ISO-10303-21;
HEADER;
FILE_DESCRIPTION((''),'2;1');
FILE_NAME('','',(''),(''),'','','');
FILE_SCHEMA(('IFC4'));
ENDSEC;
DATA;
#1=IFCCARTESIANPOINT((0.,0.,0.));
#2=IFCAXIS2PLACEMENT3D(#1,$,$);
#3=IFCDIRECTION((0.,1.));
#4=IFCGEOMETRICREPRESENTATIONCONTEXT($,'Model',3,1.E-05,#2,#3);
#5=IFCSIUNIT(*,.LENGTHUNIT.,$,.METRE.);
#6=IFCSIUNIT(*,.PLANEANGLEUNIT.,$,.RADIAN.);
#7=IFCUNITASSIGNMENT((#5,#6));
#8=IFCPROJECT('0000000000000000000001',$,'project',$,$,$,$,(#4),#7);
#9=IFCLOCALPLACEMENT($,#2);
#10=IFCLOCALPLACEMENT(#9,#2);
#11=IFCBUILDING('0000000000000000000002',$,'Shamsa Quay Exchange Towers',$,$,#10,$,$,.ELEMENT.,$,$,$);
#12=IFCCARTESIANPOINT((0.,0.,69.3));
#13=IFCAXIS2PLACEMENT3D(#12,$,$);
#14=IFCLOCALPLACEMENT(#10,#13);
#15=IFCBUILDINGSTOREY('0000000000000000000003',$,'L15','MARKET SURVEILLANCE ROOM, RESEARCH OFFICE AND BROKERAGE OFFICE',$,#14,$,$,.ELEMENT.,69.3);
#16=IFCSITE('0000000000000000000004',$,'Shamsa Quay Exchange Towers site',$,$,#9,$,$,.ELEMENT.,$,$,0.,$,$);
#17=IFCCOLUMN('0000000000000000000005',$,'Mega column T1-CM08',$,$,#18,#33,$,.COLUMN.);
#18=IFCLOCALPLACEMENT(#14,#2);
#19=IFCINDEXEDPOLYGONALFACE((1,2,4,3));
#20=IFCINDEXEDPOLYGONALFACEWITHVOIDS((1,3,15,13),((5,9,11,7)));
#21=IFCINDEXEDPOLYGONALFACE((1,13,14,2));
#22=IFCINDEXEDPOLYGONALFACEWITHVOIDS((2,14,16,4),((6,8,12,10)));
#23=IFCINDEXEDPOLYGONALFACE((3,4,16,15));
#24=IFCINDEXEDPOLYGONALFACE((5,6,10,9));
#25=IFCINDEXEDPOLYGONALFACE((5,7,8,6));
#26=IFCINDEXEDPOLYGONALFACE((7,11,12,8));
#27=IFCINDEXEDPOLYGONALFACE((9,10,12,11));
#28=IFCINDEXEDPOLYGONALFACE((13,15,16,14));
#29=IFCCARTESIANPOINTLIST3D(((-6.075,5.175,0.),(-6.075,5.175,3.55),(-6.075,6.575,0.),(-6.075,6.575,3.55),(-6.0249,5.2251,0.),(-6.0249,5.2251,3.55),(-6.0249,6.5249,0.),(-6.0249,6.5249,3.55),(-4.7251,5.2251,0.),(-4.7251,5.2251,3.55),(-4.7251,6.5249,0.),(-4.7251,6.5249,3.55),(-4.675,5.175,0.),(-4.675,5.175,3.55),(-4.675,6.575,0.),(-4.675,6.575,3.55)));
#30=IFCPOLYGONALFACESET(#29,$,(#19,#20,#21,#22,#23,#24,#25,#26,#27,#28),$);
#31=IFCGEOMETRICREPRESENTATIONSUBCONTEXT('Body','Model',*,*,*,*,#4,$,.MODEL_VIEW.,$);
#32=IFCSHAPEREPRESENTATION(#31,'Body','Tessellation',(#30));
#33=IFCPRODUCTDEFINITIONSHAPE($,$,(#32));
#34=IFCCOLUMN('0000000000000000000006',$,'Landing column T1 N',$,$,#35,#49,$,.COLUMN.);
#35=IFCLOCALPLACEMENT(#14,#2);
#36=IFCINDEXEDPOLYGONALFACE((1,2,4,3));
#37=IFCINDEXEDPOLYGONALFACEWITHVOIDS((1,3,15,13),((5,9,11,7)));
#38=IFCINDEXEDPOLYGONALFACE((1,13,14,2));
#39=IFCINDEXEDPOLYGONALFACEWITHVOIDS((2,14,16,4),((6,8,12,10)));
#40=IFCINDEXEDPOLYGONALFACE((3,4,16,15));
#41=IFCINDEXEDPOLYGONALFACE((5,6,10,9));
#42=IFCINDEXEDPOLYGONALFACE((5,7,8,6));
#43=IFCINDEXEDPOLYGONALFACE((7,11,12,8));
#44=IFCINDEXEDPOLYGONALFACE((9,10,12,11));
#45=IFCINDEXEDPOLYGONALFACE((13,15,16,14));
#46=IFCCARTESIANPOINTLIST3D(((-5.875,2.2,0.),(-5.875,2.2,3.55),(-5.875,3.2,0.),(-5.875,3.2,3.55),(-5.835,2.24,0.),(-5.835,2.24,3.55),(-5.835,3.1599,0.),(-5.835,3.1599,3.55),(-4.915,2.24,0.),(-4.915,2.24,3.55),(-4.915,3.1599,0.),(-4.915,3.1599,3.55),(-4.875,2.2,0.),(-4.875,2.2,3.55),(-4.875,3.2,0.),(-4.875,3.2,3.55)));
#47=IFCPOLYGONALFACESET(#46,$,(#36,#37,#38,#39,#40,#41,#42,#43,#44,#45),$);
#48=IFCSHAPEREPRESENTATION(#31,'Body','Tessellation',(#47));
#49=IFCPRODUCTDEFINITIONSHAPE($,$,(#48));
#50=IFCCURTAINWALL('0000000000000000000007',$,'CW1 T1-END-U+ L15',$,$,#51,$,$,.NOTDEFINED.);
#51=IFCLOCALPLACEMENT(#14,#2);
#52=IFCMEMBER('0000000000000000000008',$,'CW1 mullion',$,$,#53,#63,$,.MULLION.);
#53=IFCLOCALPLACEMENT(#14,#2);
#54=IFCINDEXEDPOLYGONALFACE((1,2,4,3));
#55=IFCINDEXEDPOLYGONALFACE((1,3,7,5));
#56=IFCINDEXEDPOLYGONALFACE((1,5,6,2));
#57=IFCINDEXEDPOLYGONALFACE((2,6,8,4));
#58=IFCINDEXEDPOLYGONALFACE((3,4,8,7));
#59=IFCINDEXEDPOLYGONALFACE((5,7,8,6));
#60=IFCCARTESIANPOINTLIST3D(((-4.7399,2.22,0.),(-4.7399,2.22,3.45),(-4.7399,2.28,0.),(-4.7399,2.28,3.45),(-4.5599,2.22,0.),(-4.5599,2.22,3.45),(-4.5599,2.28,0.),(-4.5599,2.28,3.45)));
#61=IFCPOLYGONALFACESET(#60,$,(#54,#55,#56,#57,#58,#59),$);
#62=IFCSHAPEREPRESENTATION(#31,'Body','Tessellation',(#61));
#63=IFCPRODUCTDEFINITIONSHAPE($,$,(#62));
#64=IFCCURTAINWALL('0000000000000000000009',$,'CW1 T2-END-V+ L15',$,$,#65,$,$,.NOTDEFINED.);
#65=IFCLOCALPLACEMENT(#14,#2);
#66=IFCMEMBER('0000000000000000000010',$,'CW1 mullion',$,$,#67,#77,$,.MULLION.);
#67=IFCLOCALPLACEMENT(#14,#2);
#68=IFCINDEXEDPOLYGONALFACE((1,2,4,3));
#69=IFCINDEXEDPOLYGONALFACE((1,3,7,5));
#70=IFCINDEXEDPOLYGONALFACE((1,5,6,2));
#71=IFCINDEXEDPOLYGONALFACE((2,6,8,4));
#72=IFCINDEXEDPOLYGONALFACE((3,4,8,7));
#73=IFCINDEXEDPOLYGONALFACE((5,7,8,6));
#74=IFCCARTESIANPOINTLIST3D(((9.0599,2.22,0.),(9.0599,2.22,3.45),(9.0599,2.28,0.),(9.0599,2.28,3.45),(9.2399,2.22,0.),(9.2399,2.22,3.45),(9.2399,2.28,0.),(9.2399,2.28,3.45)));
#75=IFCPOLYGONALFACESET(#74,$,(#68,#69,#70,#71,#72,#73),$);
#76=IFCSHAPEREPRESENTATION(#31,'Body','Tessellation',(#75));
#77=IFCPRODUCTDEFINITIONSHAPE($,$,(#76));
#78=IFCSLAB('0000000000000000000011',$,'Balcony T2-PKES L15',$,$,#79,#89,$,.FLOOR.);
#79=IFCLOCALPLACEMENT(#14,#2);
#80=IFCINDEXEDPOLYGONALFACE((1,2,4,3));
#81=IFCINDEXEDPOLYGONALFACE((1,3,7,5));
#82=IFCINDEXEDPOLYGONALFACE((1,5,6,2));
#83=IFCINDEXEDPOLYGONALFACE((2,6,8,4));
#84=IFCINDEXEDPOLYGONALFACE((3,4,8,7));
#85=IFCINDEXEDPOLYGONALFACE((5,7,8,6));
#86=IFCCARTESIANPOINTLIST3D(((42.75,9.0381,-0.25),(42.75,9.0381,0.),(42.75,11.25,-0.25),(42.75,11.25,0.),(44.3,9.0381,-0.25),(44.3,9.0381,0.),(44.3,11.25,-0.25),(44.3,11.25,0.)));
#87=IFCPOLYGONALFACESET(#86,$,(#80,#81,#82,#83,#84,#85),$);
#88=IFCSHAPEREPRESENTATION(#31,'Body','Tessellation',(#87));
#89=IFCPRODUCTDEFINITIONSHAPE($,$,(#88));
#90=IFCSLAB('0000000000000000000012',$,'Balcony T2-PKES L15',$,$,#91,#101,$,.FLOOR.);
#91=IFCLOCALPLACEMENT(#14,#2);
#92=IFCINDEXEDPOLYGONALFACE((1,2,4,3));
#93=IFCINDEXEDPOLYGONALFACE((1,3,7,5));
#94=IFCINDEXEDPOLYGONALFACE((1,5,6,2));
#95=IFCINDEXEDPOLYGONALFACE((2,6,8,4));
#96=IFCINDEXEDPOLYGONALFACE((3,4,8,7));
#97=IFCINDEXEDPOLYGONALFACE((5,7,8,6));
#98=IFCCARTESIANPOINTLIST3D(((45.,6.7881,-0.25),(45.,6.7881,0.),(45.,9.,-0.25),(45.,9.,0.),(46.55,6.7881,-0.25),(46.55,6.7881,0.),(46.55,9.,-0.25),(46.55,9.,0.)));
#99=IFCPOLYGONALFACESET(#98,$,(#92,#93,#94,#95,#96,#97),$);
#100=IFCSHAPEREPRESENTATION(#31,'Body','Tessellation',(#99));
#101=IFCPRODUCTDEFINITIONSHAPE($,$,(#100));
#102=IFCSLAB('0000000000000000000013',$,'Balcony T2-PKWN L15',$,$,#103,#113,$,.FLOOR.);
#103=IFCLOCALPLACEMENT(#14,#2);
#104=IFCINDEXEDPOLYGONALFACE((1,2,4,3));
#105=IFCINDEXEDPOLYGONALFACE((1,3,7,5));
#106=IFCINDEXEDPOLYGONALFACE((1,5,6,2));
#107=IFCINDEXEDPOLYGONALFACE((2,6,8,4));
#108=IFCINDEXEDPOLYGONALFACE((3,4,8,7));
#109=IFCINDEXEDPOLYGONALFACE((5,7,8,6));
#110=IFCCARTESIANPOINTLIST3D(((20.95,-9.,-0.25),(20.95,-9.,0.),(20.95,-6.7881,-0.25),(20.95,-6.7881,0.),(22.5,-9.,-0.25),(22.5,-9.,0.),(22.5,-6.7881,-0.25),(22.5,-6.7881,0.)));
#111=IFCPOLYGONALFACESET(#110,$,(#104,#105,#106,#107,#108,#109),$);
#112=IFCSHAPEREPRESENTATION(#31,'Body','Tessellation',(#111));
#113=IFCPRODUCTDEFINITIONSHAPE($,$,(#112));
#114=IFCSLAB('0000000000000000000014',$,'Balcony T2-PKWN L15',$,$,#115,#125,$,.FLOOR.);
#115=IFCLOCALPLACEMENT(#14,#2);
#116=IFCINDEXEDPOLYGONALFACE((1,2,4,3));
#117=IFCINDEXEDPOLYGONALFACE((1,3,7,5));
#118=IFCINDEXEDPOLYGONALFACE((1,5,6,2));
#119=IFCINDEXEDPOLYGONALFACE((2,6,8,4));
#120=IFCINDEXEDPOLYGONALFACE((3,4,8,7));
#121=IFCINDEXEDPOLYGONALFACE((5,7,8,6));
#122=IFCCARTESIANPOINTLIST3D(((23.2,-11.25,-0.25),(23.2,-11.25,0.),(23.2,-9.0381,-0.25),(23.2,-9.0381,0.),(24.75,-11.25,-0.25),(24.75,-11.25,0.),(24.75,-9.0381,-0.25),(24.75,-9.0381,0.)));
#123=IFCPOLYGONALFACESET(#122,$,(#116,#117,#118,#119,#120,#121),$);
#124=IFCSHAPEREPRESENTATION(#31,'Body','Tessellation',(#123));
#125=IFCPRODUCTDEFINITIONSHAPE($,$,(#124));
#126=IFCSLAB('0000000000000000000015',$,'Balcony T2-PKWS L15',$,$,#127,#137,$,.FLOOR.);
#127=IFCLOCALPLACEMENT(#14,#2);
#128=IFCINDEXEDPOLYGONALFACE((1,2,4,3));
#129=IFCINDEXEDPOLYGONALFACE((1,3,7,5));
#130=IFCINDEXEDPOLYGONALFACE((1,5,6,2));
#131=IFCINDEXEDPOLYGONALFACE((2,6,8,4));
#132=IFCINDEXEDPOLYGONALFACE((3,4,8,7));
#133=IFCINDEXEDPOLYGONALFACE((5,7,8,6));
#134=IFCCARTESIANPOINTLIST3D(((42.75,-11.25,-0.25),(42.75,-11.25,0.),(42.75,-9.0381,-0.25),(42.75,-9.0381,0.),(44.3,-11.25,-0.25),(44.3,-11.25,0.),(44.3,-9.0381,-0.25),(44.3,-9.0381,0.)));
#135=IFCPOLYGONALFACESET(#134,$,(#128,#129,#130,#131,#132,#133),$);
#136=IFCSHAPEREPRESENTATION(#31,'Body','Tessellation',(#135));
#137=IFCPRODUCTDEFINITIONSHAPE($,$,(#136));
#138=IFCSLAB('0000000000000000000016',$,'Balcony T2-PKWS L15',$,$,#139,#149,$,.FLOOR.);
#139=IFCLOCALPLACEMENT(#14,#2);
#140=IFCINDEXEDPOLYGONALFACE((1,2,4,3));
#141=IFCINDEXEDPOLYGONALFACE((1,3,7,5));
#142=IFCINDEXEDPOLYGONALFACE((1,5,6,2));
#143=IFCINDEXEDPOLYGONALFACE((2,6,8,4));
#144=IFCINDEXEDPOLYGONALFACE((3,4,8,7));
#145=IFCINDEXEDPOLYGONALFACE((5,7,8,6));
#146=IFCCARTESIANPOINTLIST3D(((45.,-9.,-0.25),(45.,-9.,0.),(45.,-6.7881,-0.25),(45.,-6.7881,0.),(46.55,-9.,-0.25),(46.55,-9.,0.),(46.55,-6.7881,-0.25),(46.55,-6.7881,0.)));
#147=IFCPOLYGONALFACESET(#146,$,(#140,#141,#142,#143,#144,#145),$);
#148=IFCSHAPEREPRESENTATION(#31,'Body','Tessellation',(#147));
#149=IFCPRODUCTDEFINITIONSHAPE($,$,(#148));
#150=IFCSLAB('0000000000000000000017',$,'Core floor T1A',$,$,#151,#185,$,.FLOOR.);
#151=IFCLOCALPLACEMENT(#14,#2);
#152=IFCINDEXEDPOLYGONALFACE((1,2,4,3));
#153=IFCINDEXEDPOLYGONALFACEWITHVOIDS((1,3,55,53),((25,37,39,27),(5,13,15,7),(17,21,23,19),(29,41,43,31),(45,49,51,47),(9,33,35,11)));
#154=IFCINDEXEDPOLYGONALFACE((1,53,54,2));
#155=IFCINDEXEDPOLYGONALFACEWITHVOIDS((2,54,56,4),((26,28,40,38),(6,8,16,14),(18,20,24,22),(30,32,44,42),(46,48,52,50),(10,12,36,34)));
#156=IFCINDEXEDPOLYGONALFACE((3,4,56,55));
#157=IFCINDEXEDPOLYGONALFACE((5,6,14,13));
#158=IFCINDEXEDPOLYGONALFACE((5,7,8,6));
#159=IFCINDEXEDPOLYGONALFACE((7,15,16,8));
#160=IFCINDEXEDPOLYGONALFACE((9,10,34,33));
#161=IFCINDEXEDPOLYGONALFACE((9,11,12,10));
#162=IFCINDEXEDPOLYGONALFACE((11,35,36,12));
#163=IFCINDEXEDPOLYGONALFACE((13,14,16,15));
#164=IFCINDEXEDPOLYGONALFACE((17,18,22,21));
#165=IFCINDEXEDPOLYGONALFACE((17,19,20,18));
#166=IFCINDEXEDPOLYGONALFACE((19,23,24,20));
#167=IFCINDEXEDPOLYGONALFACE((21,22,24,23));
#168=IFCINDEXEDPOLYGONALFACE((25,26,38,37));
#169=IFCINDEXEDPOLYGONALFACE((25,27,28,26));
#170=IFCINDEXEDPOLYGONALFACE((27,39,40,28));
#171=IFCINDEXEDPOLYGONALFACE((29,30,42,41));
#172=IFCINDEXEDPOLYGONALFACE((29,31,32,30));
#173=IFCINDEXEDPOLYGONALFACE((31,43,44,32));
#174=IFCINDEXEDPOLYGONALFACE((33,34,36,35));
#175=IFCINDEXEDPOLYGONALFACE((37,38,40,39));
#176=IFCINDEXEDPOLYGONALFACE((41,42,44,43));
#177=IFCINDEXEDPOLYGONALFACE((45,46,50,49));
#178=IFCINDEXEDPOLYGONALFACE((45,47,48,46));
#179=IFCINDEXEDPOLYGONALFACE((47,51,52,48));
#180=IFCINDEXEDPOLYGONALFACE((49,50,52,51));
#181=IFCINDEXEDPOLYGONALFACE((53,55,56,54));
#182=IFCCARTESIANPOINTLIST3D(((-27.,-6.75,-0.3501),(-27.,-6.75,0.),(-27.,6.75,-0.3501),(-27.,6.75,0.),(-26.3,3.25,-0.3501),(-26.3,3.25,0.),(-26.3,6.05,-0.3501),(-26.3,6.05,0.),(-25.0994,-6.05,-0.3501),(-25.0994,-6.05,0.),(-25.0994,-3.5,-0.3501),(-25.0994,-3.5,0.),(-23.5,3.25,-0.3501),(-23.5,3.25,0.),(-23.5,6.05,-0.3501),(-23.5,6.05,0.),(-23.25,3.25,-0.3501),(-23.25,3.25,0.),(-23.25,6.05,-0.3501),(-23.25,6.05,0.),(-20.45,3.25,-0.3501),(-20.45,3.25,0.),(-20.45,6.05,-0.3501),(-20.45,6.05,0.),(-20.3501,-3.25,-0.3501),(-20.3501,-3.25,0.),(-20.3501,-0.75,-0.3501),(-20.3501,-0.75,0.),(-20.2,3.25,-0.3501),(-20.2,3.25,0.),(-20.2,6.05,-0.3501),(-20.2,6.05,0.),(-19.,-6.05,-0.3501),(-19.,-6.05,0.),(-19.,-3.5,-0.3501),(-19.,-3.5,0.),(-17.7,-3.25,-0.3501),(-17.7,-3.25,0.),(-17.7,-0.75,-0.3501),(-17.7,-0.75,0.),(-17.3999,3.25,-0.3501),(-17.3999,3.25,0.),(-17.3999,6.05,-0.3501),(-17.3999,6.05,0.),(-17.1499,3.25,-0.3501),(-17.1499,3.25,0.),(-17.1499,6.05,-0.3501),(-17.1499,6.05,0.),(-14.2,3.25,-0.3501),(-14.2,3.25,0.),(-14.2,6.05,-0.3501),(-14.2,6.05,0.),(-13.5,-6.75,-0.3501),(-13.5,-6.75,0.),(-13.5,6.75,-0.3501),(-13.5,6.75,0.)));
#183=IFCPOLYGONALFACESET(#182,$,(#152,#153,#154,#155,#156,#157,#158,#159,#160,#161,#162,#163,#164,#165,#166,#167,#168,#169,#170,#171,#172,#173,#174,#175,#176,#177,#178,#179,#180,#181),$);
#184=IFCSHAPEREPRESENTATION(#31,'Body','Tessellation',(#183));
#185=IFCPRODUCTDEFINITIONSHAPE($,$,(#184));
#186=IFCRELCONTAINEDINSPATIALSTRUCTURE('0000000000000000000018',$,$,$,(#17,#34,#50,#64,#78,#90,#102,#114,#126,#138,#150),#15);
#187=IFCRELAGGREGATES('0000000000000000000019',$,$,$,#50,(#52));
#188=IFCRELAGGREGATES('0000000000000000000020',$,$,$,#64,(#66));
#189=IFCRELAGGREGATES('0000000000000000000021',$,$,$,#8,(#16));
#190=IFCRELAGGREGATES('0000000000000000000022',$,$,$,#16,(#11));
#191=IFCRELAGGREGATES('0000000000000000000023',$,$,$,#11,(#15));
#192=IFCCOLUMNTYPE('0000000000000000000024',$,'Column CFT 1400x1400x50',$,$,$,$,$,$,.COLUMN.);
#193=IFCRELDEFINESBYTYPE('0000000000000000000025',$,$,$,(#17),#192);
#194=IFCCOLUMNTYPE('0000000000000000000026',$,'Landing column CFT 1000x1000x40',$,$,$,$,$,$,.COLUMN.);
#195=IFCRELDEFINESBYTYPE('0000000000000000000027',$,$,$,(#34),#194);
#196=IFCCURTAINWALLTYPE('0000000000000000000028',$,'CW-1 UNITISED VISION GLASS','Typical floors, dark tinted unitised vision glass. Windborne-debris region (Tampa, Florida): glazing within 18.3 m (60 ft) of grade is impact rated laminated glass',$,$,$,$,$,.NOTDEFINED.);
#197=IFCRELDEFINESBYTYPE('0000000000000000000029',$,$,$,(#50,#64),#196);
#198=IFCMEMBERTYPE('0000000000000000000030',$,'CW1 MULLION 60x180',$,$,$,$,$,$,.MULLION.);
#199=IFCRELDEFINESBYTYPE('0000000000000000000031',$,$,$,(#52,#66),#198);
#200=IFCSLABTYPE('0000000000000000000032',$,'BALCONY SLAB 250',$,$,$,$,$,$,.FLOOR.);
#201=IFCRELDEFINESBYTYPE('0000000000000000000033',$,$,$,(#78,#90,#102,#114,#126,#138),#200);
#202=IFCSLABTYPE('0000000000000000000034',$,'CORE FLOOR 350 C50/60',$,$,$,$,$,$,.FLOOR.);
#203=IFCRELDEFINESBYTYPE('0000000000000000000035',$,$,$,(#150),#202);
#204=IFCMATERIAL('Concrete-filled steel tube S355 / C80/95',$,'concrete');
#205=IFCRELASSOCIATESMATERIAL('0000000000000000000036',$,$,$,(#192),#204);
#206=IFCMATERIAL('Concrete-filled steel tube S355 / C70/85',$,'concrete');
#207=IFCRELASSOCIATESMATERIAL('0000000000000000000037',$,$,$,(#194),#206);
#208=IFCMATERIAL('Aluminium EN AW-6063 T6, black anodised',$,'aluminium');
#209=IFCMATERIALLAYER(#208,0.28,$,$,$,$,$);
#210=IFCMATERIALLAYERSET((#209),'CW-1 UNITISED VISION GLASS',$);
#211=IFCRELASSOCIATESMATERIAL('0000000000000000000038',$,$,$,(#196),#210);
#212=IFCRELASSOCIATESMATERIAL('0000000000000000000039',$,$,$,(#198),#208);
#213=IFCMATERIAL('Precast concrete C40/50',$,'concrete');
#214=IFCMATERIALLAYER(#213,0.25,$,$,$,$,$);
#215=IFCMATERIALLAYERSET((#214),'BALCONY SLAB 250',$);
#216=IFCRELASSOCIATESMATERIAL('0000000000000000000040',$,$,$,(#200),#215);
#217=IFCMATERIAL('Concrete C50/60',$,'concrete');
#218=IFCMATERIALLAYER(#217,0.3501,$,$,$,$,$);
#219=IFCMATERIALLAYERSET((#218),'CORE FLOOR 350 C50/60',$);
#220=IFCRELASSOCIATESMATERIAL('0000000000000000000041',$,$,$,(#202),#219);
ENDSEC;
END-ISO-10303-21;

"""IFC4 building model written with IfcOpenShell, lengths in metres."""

from ifc_helpers import new_model, si_unit, direction, frame, origin, origin_2d, place, context, subcontext, project, spatial, polyline, rectangle, hollow_rectangle, outline, extrude, material, layer, layer_set, material_profile, profile_set, type_object, element, aggregate, save


model = new_model("IFC4")

# Units and contexts
model_context = context("Model", 3, precision=1e-05, world=origin(), true_north=direction((0.0, 1.0)))
body_context = subcontext(model_context, "Body", "Model", "MODEL_VIEW")
ifc_project = project(units=[si_unit("LENGTHUNIT", "METRE"), si_unit("PLANEANGLEUNIT", "RADIAN")], contexts=[model_context])

# Site, building, storey
site_placement = place(None, origin())
site = spatial("IfcSite", under=ifc_project, at=site_placement, Name="Shamsa Quay Exchange Towers site", CompositionType="ELEMENT", RefElevation=0.0)
building_placement = place(site_placement, origin())
building = spatial("IfcBuilding", under=site, at=building_placement, Name="Shamsa Quay Exchange Towers", CompositionType="ELEMENT")
storey_placement = place(building_placement, frame((0.0, 0.0, 69.3)))
storey = spatial("IfcBuildingStorey", under=building, at=storey_placement, Name="L15", Description="MARKET SURVEILLANCE ROOM, RESEARCH OFFICE AND BROKERAGE OFFICE", CompositionType="ELEMENT", Elevation=69.3)

# Columns
ifc_material_1 = material(Name="Concrete-filled steel tube S355 / C80/95", Category="concrete")
ifc_material_profile_1 = material_profile(ifc_material_1, hollow_rectangle(XDim=1.3999, YDim=1.3999, WallThickness=0.05, at=origin_2d()), Name="CFT 1400x1400x50")
ifc_profile_set_1 = profile_set([ifc_material_profile_1], Name="Concrete-filled steel tube S355 / C80/95")
column_type_1 = type_object("IfcColumnType", Name="Column CFT 1400x1400x50", PredefinedType="COLUMN", material=ifc_profile_set_1)
column_1_placement = place(storey_placement, frame((-5.375, 5.875, 0.0)))
element("IfcColumn", 1, at=column_1_placement, inside=storey, type_object=column_type_1, Name="Mega column T1-CM08", PredefinedType="COLUMN", context=body_context, shape_type="SweptSolid", body=[
    extrude(hollow_rectangle(XDim=1.3999, YDim=1.3999, WallThickness=0.05, at=origin_2d()), origin(), (0.0, 0.0, 1.0), 3.55),
])
ifc_material_2 = material(Name="Concrete-filled steel tube S355 / C70/85", Category="concrete")
ifc_material_profile_2 = material_profile(ifc_material_2, hollow_rectangle(XDim=1.0, YDim=1.0, WallThickness=0.04, at=origin_2d()), Name="CFT 1000x1000x40")
ifc_profile_set_2 = profile_set([ifc_material_profile_2], Name="Concrete-filled steel tube S355 / C70/85")
column_type_2 = type_object("IfcColumnType", Name="Landing column CFT 1000x1000x40", PredefinedType="COLUMN", material=ifc_profile_set_2)
column_2_placement = place(storey_placement, frame((-5.375, 2.7, 0.0)))
element("IfcColumn", 2, at=column_2_placement, inside=storey, type_object=column_type_2, Name="Landing column T1 N", PredefinedType="COLUMN", context=body_context, shape_type="SweptSolid", body=[
    extrude(hollow_rectangle(XDim=1.0, YDim=1.0, WallThickness=0.04, at=origin_2d()), origin(), (0.0, 0.0, 1.0), 3.55),
])

# Curtain walls, members
ifc_material_3 = material(Name="Aluminium EN AW-6063 T6, black anodised", Category="aluminium")
ifc_layer_1 = layer(ifc_material_3, 0.28)
ifc_layer_set_1 = layer_set([ifc_layer_1], Name="CW-1 UNITISED VISION GLASS")
curtain_wall_type = type_object("IfcCurtainWallType", Name="CW-1 UNITISED VISION GLASS", Description="Typical floors, dark tinted unitised vision glass. Windborne-debris region (Tampa, Florida): glazing within 18.3 m (60 ft) of grade is impact rated laminated glass", PredefinedType="NOTDEFINED", material=ifc_layer_set_1)
curtain_wall_1_placement = place(storey_placement, origin())
curtain_wall_1 = element("IfcCurtainWall", 3, at=curtain_wall_1_placement, inside=storey, type_object=curtain_wall_type, Name="CW1 T1-END-U+ L15", PredefinedType="NOTDEFINED")
ifc_material_profile_3 = material_profile(ifc_material_3, rectangle(XDim=0.1799, YDim=0.0601, at=origin_2d()), Name="MU60x180")
ifc_profile_set_3 = profile_set([ifc_material_profile_3], Name="Aluminium EN AW-6063 T6, black anodised")
member_type = type_object("IfcMemberType", Name="CW1 MULLION 60x180", PredefinedType="MULLION", material=ifc_profile_set_3)
member_1_placement = place(storey_placement, frame((-4.6499, 2.25, 0.0), z_axis=(0.0, 0.0, 1.0), x_axis=(-1.0, 0.0, 0.0)))
member_1 = element("IfcMember", 4, at=member_1_placement, type_object=member_type, Name="CW1 mullion", PredefinedType="MULLION", context=body_context, shape_type="SweptSolid", body=[
    extrude(rectangle(XDim=0.1799, YDim=0.0601, at=origin_2d()), origin(), (0.0, 0.0, 1.0), 3.45),
])
curtain_wall_2_placement = place(storey_placement, origin())
curtain_wall_2 = element("IfcCurtainWall", 5, at=curtain_wall_2_placement, inside=storey, type_object=curtain_wall_type, Name="CW1 T2-END-V+ L15", PredefinedType="NOTDEFINED")
member_2_placement = place(storey_placement, frame((9.1499, 2.25, 0.0)))
member_2 = element("IfcMember", 6, at=member_2_placement, type_object=member_type, Name="CW1 mullion", PredefinedType="MULLION", context=body_context, shape_type="SweptSolid", body=[
    extrude(rectangle(XDim=0.1799, YDim=0.0601, at=origin_2d()), origin(), (0.0, 0.0, 1.0), 3.45),
])

# Slabs
ifc_material_4 = material(Name="Precast concrete C40/50", Category="concrete")
ifc_layer_2 = layer(ifc_material_4, 0.25)
ifc_layer_set_2 = layer_set([ifc_layer_2], Name="BALCONY SLAB 250")
slab_type_1 = type_object("IfcSlabType", Name="BALCONY SLAB 250", PredefinedType="FLOOR", material=ifc_layer_set_2)
slab_1_placement = place(storey_placement, frame((0.0, 0.0, -0.25)))
element("IfcSlab", 7, at=slab_1_placement, inside=storey, type_object=slab_type_1, Name="Balcony T2-PKES L15", PredefinedType="FLOOR", context=body_context, shape_type="SweptSolid", body=[
    extrude(outline(polyline([(42.75, 9.0381), (42.75, 11.25), (44.3, 11.25), (44.3, 9.0381), (42.75, 9.0381)])), origin(), (0.0, 0.0, 1.0), 0.25),
])
slab_2_placement = place(storey_placement, frame((0.0, 0.0, -0.25)))
element("IfcSlab", 8, at=slab_2_placement, inside=storey, type_object=slab_type_1, Name="Balcony T2-PKES L15", PredefinedType="FLOOR", context=body_context, shape_type="SweptSolid", body=[
    extrude(outline(polyline([(45.0, 6.7881), (45.0, 9.0), (46.55, 9.0), (46.55, 6.7881), (45.0, 6.7881)])), origin(), (0.0, 0.0, 1.0), 0.25),
])
slab_3_placement = place(storey_placement, frame((0.0, 0.0, -0.25)))
element("IfcSlab", 9, at=slab_3_placement, inside=storey, type_object=slab_type_1, Name="Balcony T2-PKWN L15", PredefinedType="FLOOR", context=body_context, shape_type="SweptSolid", body=[
    extrude(outline(polyline([(22.5, -6.7881), (22.5, -9.0), (20.95, -9.0), (20.95, -6.7881), (22.5, -6.7881)])), origin(), (0.0, 0.0, 1.0), 0.25),
])
slab_4_placement = place(storey_placement, frame((0.0, 0.0, -0.25)))
element("IfcSlab", 10, at=slab_4_placement, inside=storey, type_object=slab_type_1, Name="Balcony T2-PKWN L15", PredefinedType="FLOOR", context=body_context, shape_type="SweptSolid", body=[
    extrude(outline(polyline([(24.75, -9.0381), (24.75, -11.25), (23.2, -11.25), (23.2, -9.0381), (24.75, -9.0381)])), origin(), (0.0, 0.0, 1.0), 0.25),
])
slab_5_placement = place(storey_placement, frame((0.0, 0.0, -0.25)))
element("IfcSlab", 11, at=slab_5_placement, inside=storey, type_object=slab_type_1, Name="Balcony T2-PKWS L15", PredefinedType="FLOOR", context=body_context, shape_type="SweptSolid", body=[
    extrude(outline(polyline([(42.75, -11.25), (42.75, -9.0381), (44.3, -9.0381), (44.3, -11.25), (42.75, -11.25)])), origin(), (0.0, 0.0, 1.0), 0.25),
])
slab_6_placement = place(storey_placement, frame((0.0, 0.0, -0.25)))
element("IfcSlab", 12, at=slab_6_placement, inside=storey, type_object=slab_type_1, Name="Balcony T2-PKWS L15", PredefinedType="FLOOR", context=body_context, shape_type="SweptSolid", body=[
    extrude(outline(polyline([(45.0, -9.0), (45.0, -6.7881), (46.55, -6.7881), (46.55, -9.0), (45.0, -9.0)])), origin(), (0.0, 0.0, 1.0), 0.25),
])
ifc_material_5 = material(Name="Concrete C50/60", Category="concrete")
ifc_layer_3 = layer(ifc_material_5, 0.3501)
ifc_layer_set_3 = layer_set([ifc_layer_3], Name="CORE FLOOR 350 C50/60")
slab_type_2 = type_object("IfcSlabType", Name="CORE FLOOR 350 C50/60", PredefinedType="FLOOR", material=ifc_layer_set_3)
slab_7_placement = place(storey_placement, frame((0.0, 0.0, -0.3501)))
element("IfcSlab", 13, at=slab_7_placement, inside=storey, type_object=slab_type_2, Name="Core floor T1A", PredefinedType="FLOOR", context=body_context, shape_type="SweptSolid", body=[
    extrude(outline(polyline([(-27.0, -6.75), (-13.5, -6.75), (-13.5, 6.75), (-27.0, 6.75), (-27.0, -6.75)]), holes=[polyline([(-25.0994, -6.05), (-25.0994, -3.5), (-19.0, -3.5), (-19.0, -6.05), (-25.0994, -6.05)]), polyline([(-26.3, 3.25), (-26.3, 6.05), (-23.5, 6.05), (-23.5, 3.25), (-26.3, 3.25)]), polyline([(-23.25, 3.25), (-23.25, 6.05), (-20.45, 6.05), (-20.45, 3.25), (-23.25, 3.25)]), polyline([(-20.2, 3.25), (-20.2, 6.05), (-17.3999, 6.05), (-17.3999, 3.25), (-20.2, 3.25)]), polyline([(-17.1499, 3.25), (-17.1499, 6.05), (-14.2, 6.05), (-14.2, 3.25), (-17.1499, 3.25)]), polyline([(-20.3501, -3.25), (-20.3501, -0.75), (-17.7, -0.75), (-17.7, -3.25), (-20.3501, -3.25)])]), origin(), (0.0, 0.0, 1.0), 0.3501),
])

aggregate(curtain_wall_1, [member_1])
aggregate(curtain_wall_2, [member_2])

save(model, "model.ifc")
